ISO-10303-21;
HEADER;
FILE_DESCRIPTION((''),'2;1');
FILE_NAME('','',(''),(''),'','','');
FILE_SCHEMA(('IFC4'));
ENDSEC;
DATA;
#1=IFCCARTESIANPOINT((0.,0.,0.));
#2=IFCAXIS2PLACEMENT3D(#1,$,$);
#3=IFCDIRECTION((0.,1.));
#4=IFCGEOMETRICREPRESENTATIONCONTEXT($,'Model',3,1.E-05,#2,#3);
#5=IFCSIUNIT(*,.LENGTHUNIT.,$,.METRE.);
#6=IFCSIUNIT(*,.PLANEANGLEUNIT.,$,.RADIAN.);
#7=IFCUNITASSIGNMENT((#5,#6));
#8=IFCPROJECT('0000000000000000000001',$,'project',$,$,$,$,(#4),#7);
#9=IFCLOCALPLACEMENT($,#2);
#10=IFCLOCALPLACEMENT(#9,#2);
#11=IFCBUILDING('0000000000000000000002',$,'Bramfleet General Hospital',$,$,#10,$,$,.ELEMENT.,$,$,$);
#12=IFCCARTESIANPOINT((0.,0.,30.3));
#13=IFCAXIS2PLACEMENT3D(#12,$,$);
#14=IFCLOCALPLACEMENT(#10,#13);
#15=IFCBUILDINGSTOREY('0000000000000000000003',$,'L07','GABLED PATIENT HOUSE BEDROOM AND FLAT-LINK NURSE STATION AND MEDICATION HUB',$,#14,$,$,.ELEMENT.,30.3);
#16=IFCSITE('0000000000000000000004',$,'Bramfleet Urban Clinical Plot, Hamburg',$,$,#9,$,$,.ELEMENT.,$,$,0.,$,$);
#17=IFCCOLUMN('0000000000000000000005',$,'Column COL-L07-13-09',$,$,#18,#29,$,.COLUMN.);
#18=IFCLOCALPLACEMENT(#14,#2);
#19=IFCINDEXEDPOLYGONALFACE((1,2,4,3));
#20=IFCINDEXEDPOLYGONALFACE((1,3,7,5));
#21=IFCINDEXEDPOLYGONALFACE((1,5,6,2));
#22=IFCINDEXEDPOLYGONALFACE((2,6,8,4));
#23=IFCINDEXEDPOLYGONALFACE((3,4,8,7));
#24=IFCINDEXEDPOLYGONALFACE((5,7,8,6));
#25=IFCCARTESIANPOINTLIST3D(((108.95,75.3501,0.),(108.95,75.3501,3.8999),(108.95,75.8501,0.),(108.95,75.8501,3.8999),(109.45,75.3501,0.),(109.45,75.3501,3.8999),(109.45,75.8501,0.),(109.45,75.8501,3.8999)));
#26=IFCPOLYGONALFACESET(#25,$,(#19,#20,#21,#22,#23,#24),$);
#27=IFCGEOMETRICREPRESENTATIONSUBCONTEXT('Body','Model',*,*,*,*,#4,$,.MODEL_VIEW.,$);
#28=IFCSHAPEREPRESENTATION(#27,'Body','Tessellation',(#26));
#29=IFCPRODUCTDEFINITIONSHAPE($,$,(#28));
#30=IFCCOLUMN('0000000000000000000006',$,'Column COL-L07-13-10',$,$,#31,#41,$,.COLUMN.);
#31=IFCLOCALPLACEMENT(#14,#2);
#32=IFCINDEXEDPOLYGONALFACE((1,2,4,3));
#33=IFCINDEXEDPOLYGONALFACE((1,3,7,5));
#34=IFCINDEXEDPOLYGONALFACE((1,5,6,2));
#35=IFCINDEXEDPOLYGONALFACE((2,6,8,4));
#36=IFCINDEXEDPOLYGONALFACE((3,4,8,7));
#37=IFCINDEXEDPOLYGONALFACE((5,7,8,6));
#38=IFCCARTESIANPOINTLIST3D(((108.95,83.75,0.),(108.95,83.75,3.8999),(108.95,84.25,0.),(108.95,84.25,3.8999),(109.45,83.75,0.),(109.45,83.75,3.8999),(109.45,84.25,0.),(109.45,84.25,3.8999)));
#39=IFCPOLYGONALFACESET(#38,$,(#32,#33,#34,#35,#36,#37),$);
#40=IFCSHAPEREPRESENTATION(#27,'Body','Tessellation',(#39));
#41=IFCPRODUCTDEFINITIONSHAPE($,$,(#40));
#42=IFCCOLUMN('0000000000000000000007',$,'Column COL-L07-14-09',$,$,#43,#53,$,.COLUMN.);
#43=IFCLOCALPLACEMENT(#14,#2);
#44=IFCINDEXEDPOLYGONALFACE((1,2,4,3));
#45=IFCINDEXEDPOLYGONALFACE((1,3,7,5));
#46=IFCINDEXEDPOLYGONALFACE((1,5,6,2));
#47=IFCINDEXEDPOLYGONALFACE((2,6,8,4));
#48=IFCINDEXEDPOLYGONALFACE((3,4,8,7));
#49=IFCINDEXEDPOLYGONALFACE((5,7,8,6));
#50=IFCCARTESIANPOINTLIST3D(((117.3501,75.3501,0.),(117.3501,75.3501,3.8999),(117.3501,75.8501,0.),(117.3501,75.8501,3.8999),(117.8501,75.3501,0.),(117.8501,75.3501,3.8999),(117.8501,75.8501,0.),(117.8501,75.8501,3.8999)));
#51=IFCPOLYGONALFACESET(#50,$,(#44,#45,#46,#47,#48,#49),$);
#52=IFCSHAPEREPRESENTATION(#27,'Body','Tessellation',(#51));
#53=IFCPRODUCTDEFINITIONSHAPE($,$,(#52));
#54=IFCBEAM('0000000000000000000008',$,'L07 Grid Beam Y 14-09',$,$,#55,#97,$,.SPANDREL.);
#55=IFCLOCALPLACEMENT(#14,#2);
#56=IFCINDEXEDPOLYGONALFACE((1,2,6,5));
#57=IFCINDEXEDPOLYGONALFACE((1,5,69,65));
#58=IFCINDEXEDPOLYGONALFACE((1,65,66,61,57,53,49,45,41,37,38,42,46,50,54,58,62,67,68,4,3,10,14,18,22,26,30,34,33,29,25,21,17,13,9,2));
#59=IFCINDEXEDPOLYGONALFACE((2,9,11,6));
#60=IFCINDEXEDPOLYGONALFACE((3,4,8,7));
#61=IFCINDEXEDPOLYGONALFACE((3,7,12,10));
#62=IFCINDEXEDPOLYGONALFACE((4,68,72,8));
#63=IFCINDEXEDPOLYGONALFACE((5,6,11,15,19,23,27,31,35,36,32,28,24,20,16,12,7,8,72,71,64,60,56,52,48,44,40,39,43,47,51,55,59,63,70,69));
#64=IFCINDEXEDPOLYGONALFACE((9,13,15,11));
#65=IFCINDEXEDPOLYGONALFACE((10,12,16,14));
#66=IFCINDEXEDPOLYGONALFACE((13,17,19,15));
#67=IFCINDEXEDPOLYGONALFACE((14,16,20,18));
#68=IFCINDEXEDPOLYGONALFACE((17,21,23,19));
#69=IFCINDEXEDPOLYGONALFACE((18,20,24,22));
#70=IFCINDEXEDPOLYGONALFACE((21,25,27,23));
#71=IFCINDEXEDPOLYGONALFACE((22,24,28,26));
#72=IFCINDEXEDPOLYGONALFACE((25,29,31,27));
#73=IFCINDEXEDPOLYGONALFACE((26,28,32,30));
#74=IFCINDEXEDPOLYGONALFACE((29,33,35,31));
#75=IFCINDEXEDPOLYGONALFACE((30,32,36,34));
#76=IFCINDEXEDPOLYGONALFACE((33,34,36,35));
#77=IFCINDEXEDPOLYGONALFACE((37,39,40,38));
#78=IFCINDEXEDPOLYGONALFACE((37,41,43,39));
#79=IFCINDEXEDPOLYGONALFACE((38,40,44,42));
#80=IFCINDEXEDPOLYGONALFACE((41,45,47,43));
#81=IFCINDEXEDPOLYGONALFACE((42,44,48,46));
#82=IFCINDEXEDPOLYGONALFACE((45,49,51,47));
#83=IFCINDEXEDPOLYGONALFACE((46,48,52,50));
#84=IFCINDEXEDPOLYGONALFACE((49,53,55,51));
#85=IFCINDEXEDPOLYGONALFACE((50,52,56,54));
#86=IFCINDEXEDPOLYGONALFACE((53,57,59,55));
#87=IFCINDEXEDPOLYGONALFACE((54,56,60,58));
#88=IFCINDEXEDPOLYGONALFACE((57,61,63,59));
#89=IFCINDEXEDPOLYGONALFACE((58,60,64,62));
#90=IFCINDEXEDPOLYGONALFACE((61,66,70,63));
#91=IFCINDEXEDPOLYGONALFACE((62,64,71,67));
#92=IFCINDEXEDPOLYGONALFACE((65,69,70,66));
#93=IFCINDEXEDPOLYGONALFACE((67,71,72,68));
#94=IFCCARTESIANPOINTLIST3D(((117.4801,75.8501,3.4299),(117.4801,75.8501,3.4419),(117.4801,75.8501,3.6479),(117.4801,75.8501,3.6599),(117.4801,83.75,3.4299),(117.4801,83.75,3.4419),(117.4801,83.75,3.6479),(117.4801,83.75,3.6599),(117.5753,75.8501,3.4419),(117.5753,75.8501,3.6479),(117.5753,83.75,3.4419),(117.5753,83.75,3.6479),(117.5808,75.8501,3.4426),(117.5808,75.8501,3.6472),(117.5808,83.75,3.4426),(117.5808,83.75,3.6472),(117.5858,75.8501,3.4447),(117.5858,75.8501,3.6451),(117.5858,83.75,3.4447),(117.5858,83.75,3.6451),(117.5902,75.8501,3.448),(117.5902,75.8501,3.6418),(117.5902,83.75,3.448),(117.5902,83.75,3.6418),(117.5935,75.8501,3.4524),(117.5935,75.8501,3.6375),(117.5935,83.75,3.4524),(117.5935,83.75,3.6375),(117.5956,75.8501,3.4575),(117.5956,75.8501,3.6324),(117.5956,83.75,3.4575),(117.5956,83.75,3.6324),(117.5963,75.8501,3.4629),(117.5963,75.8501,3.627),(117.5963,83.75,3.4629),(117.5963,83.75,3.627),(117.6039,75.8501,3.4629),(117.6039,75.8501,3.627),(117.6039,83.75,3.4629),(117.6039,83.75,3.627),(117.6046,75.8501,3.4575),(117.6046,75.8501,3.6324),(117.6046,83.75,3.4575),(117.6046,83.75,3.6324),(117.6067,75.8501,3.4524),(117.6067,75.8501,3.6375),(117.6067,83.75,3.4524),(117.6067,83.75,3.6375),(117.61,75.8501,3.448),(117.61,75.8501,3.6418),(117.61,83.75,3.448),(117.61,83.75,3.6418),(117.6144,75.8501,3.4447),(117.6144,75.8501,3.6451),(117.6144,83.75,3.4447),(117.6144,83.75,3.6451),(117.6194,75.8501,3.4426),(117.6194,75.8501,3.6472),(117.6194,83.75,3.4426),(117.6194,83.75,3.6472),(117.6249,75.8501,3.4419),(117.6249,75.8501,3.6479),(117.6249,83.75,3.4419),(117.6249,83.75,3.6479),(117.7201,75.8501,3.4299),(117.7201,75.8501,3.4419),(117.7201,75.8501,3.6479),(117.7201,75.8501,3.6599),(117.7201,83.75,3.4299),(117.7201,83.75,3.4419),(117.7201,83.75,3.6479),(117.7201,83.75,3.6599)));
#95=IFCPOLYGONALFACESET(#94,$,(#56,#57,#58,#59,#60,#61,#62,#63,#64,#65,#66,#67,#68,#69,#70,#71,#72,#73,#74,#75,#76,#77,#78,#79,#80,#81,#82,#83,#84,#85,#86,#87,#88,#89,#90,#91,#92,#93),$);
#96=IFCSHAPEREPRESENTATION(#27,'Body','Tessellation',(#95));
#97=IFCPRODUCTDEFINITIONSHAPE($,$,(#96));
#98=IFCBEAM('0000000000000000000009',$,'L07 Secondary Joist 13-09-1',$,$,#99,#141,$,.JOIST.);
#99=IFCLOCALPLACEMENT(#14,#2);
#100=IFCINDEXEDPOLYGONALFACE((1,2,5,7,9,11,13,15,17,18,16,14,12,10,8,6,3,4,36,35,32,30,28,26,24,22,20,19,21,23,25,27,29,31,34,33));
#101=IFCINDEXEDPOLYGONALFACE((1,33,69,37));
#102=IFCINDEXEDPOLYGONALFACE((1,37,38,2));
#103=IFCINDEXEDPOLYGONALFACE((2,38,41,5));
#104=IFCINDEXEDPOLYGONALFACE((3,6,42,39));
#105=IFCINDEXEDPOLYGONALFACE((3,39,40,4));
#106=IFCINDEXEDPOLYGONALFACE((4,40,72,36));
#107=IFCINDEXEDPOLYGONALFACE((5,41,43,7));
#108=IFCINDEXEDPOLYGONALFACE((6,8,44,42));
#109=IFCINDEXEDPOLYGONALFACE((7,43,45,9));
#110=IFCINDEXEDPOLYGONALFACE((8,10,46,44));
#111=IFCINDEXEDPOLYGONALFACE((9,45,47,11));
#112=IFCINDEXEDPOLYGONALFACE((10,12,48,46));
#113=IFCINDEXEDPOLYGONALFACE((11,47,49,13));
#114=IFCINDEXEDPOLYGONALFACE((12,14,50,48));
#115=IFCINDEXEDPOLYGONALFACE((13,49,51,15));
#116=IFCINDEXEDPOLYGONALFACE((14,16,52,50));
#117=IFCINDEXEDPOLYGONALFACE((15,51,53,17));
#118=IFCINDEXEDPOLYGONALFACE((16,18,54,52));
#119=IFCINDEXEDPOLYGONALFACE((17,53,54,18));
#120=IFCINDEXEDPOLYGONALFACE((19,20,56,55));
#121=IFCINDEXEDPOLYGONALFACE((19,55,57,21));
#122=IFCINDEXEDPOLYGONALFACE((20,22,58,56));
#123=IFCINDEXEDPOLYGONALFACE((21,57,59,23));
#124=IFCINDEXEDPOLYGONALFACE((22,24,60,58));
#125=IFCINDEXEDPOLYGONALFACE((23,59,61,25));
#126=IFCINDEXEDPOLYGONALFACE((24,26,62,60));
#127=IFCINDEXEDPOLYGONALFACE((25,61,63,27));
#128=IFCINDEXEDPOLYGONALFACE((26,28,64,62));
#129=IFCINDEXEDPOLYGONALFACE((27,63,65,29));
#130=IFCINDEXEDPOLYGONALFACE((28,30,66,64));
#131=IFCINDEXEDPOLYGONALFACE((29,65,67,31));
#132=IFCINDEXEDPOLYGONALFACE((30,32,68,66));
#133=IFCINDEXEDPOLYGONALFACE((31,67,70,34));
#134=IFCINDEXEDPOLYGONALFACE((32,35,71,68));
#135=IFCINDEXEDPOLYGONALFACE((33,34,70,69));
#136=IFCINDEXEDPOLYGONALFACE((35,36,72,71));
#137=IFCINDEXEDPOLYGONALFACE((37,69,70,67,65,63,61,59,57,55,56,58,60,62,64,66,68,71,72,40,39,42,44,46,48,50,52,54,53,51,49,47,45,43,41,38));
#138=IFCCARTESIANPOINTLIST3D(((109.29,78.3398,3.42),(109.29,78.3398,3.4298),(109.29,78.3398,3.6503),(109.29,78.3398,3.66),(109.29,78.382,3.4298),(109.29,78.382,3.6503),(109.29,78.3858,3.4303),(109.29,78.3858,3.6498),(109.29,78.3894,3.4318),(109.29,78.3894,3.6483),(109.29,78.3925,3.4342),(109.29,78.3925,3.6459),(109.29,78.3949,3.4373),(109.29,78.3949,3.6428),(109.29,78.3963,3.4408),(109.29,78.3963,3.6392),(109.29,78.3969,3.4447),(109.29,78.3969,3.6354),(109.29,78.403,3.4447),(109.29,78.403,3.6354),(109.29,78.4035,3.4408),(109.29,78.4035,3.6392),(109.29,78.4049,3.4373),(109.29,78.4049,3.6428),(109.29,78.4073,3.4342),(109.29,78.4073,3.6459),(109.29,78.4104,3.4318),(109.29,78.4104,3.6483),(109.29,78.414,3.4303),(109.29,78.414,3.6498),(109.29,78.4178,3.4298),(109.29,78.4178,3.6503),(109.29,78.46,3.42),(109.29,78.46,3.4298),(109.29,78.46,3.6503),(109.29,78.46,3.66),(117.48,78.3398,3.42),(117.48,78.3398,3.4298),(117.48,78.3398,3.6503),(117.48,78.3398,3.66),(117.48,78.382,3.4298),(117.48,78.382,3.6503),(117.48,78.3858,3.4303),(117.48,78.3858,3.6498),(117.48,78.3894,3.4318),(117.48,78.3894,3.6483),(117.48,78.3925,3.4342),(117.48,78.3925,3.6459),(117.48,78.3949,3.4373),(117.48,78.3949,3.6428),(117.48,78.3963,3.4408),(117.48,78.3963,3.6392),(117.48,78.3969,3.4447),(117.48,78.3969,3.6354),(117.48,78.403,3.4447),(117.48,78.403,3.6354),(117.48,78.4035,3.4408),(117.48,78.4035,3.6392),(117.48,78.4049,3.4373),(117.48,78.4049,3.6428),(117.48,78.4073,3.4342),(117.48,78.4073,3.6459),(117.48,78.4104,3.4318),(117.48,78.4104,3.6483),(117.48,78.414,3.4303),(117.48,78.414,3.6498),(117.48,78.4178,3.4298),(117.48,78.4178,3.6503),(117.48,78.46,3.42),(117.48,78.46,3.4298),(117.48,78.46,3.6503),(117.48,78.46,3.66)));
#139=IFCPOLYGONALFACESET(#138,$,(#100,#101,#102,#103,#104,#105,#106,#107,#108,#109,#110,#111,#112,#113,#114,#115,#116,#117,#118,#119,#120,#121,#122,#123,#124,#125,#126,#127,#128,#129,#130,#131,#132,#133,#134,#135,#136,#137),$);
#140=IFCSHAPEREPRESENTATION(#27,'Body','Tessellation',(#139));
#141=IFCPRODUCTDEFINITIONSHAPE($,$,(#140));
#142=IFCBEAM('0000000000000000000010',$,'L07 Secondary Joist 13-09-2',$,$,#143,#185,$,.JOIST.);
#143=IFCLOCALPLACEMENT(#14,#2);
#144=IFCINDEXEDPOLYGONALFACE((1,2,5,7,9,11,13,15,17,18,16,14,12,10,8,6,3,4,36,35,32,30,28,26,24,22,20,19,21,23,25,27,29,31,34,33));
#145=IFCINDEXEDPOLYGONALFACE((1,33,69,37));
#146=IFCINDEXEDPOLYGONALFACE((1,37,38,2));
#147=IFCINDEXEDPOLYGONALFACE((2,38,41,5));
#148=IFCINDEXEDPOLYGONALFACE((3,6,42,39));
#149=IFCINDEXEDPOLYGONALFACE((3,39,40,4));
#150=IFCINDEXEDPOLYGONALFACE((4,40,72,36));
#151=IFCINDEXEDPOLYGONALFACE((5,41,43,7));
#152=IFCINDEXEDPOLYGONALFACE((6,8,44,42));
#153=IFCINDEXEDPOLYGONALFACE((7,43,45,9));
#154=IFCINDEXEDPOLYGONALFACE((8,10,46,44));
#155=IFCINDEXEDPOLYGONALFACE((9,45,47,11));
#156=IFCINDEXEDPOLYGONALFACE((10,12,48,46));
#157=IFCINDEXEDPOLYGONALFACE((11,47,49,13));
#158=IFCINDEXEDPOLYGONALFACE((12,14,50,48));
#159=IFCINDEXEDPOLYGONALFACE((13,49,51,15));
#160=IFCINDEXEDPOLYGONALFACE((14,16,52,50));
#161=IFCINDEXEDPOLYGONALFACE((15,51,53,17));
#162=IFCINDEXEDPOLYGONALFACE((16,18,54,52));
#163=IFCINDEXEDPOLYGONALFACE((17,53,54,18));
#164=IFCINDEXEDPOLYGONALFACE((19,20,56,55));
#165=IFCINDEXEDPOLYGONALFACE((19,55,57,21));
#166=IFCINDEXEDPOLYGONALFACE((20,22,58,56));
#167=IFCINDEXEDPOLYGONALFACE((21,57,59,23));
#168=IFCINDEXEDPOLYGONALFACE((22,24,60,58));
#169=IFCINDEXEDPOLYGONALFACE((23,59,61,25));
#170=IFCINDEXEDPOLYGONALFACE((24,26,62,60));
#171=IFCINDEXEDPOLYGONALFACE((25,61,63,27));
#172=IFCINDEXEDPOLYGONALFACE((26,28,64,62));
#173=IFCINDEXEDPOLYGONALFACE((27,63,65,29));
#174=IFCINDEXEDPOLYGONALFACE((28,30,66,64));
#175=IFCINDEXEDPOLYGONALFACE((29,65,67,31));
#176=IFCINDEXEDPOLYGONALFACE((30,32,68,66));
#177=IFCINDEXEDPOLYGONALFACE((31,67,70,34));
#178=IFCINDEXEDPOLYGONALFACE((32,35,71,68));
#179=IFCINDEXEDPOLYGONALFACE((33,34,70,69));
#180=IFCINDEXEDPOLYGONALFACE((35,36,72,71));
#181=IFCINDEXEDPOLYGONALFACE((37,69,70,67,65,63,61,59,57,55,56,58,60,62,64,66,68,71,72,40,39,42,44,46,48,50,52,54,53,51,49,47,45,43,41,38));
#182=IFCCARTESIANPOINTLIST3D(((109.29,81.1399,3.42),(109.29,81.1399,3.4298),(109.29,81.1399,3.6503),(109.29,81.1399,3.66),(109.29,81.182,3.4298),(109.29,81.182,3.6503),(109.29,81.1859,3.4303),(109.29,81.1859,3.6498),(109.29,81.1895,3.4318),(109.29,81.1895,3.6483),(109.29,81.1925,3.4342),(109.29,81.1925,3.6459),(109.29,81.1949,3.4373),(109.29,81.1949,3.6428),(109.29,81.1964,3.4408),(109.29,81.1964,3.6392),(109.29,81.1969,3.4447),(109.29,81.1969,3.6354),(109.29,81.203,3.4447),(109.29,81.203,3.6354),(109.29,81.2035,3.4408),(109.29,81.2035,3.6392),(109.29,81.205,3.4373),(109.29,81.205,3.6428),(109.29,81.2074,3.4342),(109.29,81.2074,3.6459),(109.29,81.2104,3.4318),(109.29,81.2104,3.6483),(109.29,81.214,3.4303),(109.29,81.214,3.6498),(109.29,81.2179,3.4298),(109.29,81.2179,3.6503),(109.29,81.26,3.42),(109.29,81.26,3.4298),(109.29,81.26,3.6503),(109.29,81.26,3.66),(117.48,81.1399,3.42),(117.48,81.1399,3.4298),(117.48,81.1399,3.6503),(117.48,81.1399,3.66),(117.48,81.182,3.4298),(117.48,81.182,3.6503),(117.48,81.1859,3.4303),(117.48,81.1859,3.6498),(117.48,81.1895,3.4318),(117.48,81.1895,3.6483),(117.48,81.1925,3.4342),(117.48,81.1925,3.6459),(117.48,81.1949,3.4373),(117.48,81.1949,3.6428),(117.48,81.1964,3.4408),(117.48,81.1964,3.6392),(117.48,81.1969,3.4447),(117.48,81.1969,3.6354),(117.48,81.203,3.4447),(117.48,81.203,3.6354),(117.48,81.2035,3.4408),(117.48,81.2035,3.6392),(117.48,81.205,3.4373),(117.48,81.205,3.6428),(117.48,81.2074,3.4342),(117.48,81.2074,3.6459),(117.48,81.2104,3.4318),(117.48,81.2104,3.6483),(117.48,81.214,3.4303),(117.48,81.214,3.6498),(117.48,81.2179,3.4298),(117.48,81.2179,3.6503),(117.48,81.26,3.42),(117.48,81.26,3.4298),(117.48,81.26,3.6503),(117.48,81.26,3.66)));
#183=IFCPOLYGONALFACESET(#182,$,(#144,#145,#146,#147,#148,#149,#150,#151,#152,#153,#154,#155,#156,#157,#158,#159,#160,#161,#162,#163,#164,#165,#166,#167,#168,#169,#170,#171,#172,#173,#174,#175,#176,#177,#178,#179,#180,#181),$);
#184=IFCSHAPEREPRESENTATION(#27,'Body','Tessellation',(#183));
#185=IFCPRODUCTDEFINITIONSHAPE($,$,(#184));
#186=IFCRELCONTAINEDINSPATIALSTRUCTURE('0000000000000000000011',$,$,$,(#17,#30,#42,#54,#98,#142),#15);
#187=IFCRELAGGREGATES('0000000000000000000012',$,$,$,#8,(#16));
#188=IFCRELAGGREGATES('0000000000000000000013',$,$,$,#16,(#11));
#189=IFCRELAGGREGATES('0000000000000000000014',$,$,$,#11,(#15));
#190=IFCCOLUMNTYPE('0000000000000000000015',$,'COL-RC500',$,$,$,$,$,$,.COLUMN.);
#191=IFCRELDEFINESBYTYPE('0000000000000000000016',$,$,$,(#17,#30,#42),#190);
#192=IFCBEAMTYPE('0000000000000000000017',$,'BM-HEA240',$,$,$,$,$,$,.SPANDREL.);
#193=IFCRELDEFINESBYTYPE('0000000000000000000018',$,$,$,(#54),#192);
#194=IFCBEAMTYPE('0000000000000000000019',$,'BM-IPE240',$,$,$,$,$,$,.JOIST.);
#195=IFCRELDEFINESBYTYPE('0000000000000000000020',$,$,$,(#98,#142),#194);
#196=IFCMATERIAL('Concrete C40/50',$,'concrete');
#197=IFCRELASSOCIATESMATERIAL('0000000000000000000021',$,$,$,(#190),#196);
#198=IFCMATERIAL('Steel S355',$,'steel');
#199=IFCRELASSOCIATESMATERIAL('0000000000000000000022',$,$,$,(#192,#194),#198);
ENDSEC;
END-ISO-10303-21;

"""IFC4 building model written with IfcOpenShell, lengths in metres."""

from ifc_helpers import new_model, si_unit, direction, frame, origin, origin_2d, place, context, subcontext, project, spatial, rectangle, i_section, extrude, material, material_profile, profile_set, type_object, element, save


model = new_model("IFC4")

# Units and contexts
model_context = context("Model", 3, precision=1e-05, world=origin(), true_north=direction((0.0, 1.0)))
body_context = subcontext(model_context, "Body", "Model", "MODEL_VIEW")
ifc_project = project(units=[si_unit("LENGTHUNIT", "METRE"), si_unit("PLANEANGLEUNIT", "RADIAN")], contexts=[model_context])

# Site, building, storey
site_placement = place(None, origin())
site = spatial("IfcSite", under=ifc_project, at=site_placement, Name="Bramfleet Urban Clinical Plot, Hamburg", CompositionType="ELEMENT", RefElevation=0.0)
building_placement = place(site_placement, origin())
building = spatial("IfcBuilding", under=site, at=building_placement, Name="Bramfleet General Hospital", CompositionType="ELEMENT")
storey_placement = place(building_placement, frame((0.0, 0.0, 30.3)))
storey = spatial("IfcBuildingStorey", under=building, at=storey_placement, Name="L07", Description="GABLED PATIENT HOUSE BEDROOM AND FLAT-LINK NURSE STATION AND MEDICATION HUB", CompositionType="ELEMENT", Elevation=30.3)

# Columns
ifc_material_1 = material(Name="Concrete C40/50", Category="concrete")
ifc_material_profile_1 = material_profile(ifc_material_1, rectangle(XDim=0.5, YDim=0.5, at=origin_2d()), Name="RC COL 500x500")
ifc_profile_set_1 = profile_set([ifc_material_profile_1], Name="Concrete C40/50")
column_type = type_object("IfcColumnType", Name="COL-RC500", PredefinedType="COLUMN", material=ifc_profile_set_1)
for number, where, z_axis, x_axis, name in (
    (1, (109.2, 75.6001, 0.0), (0.0, 0.0, 1.0), (1.0, 0.0, 0.0), "Column COL-L07-13-09"),
    (2, (109.2, 84.0, 0.0), (0.0, 0.0, 1.0), (1.0, 0.0, 0.0), "Column COL-L07-13-10"),
    (3, (117.6001, 75.6001, 0.0), (0.0, 0.0, 1.0), (1.0, 0.0, 0.0), "Column COL-L07-14-09"),
):
    element("IfcColumn", number, at=place(storey_placement, frame(where, z_axis=z_axis, x_axis=x_axis)), inside=storey, type_object=column_type, Name=name, PredefinedType="COLUMN", context=body_context, shape_type="SweptSolid", body=[
        extrude(rectangle(XDim=0.5, YDim=0.5, at=origin_2d()), origin(), (0.0, 0.0, 1.0), 3.8999),
    ])

# Beams
ifc_material_2 = material(Name="Steel S355", Category="steel")
ifc_material_profile_2 = material_profile(ifc_material_2, i_section(OverallWidth=0.24, OverallDepth=0.23, WebThickness=0.0076, FlangeThickness=0.012, FilletRadius=0.021, at=origin_2d()), Name="HEA 240")
ifc_profile_set_2 = profile_set([ifc_material_profile_2], Name="Steel S355")
beam_type_1 = type_object("IfcBeamType", Name="BM-HEA240", PredefinedType="SPANDREL", material=ifc_profile_set_2)
beam_1_placement = place(storey_placement, frame((117.6001, 75.8501, 3.5449), z_axis=(0.0, 1.0, 0.0), x_axis=(-1.0, 0.0, 0.0)))
element("IfcBeam", 4, at=beam_1_placement, inside=storey, type_object=beam_type_1, Name="L07 Grid Beam Y 14-09", PredefinedType="SPANDREL", context=body_context, shape_type="SweptSolid", body=[
    extrude(i_section(OverallWidth=0.24, OverallDepth=0.23, WebThickness=0.0076, FlangeThickness=0.012, FilletRadius=0.021, at=origin_2d()), origin(), (0.0, 0.0, 1.0), 7.8999),
])
ifc_material_profile_3 = material_profile(ifc_material_2, i_section(OverallWidth=0.1201, OverallDepth=0.24, WebThickness=0.0061, FlangeThickness=0.0098, FilletRadius=0.0149, at=origin_2d()), Name="IPE 240")
ifc_profile_set_3 = profile_set([ifc_material_profile_3], Name="Steel S355")
beam_type_2 = type_object("IfcBeamType", Name="BM-IPE240", PredefinedType="JOIST", material=ifc_profile_set_3)
for number, where, z_axis, x_axis, name in (
    (5, (109.29, 78.3999, 3.54), (1.0, 0.0, 0.0), (0.0, 1.0, 0.0), "L07 Secondary Joist 13-09-1"),
    (6, (109.29, 81.2, 3.54), (1.0, 0.0, 0.0), (0.0, 1.0, 0.0), "L07 Secondary Joist 13-09-2"),
):
    element("IfcBeam", number, at=place(storey_placement, frame(where, z_axis=z_axis, x_axis=x_axis)), inside=storey, type_object=beam_type_2, Name=name, PredefinedType="JOIST", context=body_context, shape_type="SweptSolid", body=[
        extrude(i_section(OverallWidth=0.1201, OverallDepth=0.24, WebThickness=0.0061, FlangeThickness=0.0098, FilletRadius=0.0149, at=origin_2d()), origin(), (0.0, 0.0, 1.0), 8.1899),
    ])

save(model, "model.ifc")
